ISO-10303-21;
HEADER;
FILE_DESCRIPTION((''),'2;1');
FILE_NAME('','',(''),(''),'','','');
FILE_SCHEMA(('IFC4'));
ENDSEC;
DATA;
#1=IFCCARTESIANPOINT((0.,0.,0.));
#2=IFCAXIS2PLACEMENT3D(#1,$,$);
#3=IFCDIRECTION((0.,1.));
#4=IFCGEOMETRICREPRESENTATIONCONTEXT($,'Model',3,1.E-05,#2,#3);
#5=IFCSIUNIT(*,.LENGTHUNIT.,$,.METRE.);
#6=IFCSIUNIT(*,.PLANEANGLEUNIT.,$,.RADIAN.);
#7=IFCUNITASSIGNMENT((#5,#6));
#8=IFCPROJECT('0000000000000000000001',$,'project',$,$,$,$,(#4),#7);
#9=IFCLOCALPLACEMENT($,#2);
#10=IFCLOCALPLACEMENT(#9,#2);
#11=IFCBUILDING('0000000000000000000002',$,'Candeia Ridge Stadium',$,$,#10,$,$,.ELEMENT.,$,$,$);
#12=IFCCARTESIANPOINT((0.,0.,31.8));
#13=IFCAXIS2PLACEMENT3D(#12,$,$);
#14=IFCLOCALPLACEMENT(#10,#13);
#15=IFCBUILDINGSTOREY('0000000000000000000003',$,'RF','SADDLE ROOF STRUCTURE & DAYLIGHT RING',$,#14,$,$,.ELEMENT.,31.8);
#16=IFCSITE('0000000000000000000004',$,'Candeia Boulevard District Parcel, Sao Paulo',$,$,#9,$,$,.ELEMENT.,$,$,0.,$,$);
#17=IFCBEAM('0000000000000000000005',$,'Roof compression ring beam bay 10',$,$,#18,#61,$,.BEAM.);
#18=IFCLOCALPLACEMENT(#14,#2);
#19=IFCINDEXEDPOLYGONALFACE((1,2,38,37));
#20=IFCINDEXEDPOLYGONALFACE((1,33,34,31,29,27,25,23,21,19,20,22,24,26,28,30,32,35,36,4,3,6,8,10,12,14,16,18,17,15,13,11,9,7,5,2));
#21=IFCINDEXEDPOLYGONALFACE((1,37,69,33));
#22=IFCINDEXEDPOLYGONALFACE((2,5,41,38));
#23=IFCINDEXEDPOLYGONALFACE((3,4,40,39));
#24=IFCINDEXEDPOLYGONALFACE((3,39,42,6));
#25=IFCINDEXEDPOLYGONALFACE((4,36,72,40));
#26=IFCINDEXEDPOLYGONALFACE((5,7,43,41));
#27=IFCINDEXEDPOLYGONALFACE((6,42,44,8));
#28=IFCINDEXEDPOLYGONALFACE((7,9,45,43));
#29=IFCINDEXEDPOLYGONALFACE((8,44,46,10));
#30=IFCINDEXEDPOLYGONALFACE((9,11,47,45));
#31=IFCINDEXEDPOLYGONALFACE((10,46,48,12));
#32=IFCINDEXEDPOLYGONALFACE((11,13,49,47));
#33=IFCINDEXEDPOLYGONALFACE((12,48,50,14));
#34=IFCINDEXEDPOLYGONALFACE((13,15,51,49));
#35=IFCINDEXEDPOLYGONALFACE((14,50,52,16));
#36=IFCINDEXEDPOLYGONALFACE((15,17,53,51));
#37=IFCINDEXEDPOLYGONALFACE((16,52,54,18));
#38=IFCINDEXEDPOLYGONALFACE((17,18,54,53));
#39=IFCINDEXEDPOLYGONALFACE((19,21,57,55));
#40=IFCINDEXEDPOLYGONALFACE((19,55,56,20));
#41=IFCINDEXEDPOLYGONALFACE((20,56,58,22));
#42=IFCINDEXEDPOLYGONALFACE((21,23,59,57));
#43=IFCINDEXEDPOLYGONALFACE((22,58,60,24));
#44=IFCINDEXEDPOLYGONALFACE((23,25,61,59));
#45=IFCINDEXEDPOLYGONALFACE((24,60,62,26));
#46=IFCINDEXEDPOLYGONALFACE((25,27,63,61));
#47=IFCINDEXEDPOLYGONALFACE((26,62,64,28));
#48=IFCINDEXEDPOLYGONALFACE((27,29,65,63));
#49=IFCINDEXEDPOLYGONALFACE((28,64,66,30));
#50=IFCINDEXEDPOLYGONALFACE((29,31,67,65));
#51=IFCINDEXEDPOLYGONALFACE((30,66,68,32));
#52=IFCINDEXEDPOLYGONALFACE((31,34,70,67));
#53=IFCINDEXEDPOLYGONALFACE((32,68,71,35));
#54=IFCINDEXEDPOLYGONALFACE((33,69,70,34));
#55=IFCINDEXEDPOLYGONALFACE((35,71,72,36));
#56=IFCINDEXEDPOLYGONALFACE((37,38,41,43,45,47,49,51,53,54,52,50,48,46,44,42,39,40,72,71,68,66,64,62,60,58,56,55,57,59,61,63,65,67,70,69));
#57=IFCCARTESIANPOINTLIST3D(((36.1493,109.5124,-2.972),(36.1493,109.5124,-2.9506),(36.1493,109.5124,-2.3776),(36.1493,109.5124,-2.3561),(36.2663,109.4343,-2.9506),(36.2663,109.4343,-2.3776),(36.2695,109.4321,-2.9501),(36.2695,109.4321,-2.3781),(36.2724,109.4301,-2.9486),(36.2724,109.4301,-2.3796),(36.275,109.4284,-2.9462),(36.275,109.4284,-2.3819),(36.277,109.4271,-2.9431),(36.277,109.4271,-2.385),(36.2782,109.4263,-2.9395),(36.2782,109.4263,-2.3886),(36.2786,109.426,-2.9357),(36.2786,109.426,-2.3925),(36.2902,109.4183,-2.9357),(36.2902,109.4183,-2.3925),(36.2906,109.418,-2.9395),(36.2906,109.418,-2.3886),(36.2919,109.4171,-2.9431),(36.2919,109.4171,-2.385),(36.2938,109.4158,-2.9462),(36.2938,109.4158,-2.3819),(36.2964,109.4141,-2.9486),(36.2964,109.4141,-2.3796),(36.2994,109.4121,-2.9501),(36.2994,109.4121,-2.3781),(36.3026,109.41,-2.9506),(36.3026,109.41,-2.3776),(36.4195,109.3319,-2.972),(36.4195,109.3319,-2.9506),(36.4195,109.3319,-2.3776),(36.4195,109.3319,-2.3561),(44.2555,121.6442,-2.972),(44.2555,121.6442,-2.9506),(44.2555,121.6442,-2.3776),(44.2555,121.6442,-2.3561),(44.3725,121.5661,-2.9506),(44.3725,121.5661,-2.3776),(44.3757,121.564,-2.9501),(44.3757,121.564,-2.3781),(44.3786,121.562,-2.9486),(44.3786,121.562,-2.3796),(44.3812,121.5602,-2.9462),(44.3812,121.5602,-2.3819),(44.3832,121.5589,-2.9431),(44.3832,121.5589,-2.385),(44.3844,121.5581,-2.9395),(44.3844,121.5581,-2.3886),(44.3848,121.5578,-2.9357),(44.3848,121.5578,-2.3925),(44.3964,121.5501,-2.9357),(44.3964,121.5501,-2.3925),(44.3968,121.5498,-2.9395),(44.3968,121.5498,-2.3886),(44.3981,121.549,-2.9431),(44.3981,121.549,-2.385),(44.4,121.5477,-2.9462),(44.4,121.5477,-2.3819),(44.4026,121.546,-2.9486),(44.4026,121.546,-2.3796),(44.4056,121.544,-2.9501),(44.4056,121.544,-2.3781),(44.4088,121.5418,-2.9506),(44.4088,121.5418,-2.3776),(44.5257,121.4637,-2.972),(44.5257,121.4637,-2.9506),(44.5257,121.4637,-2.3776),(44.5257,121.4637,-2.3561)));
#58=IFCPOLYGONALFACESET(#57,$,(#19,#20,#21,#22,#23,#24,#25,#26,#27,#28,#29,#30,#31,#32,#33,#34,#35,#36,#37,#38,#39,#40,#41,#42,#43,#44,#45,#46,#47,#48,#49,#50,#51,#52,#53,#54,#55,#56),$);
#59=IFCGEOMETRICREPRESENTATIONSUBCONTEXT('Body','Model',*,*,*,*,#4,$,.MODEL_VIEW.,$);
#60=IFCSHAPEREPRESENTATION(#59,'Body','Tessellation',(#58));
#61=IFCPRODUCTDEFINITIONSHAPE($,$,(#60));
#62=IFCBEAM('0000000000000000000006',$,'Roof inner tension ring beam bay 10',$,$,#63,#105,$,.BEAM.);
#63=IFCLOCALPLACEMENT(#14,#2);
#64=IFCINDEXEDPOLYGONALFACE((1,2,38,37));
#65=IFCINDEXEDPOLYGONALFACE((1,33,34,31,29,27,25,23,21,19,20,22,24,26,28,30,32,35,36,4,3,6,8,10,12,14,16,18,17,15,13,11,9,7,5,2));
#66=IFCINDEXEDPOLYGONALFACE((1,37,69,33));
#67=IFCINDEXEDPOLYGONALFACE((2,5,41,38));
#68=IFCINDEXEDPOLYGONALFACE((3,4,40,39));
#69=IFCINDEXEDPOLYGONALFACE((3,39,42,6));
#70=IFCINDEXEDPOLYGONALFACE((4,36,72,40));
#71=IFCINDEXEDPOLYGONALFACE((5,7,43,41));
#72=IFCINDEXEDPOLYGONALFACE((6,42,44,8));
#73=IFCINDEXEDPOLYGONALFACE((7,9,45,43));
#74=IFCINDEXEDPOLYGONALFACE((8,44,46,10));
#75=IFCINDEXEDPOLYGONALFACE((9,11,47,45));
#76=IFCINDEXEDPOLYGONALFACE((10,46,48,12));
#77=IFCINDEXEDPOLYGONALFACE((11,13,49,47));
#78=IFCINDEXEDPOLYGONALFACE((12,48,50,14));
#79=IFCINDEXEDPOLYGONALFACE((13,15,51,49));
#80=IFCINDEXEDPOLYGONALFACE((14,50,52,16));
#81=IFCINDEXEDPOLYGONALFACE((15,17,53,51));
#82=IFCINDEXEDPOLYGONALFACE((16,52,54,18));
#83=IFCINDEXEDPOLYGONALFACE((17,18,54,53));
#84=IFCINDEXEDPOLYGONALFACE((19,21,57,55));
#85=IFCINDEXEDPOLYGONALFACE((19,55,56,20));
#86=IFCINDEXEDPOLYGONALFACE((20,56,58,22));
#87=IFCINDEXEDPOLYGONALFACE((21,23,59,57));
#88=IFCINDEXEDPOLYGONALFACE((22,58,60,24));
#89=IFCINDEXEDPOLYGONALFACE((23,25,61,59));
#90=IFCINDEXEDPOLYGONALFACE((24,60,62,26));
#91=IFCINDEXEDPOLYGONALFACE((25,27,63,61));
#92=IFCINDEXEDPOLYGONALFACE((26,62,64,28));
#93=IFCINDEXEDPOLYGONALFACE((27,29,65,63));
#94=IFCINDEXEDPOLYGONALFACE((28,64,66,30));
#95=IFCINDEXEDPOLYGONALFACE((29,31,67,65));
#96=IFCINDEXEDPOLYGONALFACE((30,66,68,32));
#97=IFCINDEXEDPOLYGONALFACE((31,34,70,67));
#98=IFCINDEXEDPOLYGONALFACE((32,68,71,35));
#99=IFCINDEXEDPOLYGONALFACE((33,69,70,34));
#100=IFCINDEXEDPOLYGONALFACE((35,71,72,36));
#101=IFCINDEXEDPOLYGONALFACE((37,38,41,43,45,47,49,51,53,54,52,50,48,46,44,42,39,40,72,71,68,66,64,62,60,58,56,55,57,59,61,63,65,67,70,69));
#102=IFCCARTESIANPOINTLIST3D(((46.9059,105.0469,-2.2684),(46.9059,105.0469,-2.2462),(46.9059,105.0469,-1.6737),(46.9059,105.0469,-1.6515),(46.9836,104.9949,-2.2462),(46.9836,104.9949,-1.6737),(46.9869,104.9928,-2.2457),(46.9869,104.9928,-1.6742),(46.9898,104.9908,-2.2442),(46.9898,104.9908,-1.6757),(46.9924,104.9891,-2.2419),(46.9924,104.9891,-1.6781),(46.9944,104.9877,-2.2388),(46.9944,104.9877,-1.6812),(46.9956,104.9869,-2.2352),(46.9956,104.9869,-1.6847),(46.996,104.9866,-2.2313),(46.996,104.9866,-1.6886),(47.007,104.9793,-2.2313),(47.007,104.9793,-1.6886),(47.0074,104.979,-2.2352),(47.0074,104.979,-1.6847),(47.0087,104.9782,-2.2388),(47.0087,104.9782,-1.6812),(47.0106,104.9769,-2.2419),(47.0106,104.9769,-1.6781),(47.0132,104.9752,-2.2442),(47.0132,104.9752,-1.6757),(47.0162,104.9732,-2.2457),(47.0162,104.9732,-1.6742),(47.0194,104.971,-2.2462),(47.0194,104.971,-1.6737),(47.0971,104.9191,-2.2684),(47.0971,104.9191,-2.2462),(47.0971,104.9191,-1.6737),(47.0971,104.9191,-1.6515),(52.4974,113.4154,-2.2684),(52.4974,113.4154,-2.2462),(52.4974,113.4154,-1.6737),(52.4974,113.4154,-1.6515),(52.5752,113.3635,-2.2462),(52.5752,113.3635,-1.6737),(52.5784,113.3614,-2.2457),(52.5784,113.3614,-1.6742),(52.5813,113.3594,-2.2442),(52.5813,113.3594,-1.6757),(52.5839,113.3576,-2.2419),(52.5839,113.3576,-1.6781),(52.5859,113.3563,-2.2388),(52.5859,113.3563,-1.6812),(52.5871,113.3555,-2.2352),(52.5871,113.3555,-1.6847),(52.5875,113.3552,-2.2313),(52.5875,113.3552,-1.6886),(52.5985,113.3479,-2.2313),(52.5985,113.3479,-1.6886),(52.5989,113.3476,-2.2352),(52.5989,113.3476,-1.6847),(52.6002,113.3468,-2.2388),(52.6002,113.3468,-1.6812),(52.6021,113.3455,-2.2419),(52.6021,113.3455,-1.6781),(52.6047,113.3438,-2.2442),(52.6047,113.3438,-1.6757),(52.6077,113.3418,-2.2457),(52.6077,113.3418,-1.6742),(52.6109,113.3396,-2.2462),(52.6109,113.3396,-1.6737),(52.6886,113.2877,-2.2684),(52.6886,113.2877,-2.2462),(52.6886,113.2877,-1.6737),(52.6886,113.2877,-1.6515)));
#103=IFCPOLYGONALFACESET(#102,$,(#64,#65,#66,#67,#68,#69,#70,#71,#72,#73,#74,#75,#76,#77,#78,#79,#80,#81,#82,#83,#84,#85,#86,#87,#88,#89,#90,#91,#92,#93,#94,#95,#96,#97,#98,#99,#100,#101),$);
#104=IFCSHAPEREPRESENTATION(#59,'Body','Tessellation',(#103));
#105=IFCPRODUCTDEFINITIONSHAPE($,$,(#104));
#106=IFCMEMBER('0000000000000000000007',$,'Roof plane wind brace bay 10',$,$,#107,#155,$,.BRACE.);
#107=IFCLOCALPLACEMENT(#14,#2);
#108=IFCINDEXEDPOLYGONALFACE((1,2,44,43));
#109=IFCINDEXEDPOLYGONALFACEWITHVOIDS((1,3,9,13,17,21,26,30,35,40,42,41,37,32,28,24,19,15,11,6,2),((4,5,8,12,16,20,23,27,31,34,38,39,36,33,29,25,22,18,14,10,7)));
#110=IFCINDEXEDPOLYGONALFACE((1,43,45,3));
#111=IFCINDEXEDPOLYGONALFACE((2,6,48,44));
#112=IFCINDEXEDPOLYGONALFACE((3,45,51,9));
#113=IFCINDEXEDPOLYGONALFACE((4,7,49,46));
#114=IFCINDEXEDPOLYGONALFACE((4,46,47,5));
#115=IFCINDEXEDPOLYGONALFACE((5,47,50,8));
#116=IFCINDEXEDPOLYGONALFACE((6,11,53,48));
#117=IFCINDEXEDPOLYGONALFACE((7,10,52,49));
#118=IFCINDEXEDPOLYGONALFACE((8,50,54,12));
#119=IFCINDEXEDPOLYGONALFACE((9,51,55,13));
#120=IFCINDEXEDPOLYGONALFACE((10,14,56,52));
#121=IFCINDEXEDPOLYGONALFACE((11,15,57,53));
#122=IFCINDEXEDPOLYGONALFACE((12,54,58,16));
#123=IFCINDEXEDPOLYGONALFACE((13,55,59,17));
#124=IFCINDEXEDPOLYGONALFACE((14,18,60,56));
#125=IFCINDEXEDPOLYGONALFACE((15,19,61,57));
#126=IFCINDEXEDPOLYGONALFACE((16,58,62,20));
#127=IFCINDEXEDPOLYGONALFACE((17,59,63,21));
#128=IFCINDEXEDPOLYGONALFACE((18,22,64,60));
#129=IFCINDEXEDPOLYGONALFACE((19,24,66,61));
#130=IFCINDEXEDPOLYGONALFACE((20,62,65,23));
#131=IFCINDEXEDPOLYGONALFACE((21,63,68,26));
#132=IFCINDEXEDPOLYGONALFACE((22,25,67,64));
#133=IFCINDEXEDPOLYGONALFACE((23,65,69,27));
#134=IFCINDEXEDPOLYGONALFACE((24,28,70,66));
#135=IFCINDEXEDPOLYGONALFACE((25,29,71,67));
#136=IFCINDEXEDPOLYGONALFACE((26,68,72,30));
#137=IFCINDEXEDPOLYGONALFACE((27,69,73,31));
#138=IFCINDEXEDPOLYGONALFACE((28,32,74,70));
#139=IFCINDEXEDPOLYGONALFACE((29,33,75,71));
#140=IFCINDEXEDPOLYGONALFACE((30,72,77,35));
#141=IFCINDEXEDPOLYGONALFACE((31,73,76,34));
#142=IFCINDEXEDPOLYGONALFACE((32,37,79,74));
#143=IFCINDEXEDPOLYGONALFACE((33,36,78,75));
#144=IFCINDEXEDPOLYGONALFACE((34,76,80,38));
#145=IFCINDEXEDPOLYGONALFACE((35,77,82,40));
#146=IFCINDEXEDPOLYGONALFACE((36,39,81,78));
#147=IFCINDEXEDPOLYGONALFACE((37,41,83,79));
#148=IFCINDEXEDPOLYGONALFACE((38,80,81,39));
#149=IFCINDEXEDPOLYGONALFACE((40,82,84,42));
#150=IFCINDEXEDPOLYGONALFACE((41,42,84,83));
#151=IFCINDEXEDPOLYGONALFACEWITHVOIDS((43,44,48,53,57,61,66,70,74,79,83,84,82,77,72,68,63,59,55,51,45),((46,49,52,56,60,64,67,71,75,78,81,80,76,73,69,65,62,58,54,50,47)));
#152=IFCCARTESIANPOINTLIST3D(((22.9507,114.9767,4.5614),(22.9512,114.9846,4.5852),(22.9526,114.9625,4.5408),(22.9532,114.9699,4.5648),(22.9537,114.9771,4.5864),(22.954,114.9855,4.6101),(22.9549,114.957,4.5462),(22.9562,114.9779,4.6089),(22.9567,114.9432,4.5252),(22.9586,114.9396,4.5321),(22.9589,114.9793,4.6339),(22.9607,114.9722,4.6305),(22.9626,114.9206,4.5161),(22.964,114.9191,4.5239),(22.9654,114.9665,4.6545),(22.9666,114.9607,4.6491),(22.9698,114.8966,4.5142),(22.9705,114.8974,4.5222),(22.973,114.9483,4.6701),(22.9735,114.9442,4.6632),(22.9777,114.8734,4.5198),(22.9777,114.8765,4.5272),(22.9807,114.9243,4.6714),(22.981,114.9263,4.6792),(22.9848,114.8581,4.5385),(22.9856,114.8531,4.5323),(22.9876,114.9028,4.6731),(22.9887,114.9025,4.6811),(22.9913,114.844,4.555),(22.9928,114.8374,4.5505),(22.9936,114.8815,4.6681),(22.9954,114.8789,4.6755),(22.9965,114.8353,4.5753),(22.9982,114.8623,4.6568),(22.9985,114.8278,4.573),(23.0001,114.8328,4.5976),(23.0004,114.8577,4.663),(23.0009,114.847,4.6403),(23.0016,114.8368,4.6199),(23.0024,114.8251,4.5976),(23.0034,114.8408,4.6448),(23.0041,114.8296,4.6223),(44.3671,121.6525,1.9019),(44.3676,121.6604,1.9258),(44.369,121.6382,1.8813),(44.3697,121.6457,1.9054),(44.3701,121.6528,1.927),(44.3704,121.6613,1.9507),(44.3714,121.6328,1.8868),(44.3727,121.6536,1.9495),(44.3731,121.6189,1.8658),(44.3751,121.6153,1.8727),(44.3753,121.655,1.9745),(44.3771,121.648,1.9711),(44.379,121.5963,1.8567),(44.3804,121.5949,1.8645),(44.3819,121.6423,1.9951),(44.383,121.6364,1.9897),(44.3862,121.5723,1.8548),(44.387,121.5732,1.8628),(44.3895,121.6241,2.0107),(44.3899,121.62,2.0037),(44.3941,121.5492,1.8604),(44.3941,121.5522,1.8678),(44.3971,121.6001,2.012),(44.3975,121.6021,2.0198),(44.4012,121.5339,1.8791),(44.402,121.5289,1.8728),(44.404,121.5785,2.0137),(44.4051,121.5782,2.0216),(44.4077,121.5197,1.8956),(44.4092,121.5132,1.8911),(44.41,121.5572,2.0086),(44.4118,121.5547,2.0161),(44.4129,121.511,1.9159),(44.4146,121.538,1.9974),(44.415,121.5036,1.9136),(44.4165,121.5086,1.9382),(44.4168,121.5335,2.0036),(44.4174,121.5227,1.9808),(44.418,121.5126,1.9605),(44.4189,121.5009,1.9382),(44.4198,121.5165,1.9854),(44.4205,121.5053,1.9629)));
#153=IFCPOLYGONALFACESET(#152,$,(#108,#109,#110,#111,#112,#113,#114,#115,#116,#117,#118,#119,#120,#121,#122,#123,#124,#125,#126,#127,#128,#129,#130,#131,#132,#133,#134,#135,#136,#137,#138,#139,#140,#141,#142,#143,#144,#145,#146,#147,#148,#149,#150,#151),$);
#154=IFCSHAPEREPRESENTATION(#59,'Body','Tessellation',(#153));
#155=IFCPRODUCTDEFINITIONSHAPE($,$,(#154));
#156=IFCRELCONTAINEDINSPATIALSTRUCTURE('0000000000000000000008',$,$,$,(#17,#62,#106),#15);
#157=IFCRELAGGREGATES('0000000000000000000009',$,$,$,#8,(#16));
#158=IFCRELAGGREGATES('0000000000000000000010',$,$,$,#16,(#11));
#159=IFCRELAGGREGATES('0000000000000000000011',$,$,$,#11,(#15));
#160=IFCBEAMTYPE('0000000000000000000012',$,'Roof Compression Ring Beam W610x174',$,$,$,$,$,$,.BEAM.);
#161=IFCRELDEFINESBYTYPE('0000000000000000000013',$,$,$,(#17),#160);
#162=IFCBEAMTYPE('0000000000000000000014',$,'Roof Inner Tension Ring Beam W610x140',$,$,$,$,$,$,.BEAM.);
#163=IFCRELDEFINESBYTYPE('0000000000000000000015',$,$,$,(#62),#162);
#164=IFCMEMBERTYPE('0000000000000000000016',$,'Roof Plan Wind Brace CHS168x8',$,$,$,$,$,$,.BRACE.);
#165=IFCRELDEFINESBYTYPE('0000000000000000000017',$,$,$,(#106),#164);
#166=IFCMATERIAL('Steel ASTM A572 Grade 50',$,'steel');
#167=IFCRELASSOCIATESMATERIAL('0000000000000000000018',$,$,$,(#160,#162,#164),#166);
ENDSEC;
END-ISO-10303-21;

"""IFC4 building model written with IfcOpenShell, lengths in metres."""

from ifc_helpers import new_model, si_unit, direction, frame, origin, origin_2d, place, context, subcontext, project, spatial, hollow_circle, i_section, extrude, material, material_profile, profile_set, type_object, element, save


model = new_model("IFC4")

# Units and contexts
model_context = context("Model", 3, precision=1e-05, world=origin(), true_north=direction((0.0, 1.0)))
body_context = subcontext(model_context, "Body", "Model", "MODEL_VIEW")
ifc_project = project(units=[si_unit("LENGTHUNIT", "METRE"), si_unit("PLANEANGLEUNIT", "RADIAN")], contexts=[model_context])

# Site, building, storey
site_placement = place(None, origin())
site = spatial("IfcSite", under=ifc_project, at=site_placement, Name="Candeia Boulevard District Parcel, Sao Paulo", CompositionType="ELEMENT", RefElevation=0.0)
building_placement = place(site_placement, origin())
building = spatial("IfcBuilding", under=site, at=building_placement, Name="Candeia Ridge Stadium", CompositionType="ELEMENT")
storey_placement = place(building_placement, frame((0.0, 0.0, 31.8)))
storey = spatial("IfcBuildingStorey", under=building, at=storey_placement, Name="RF", Description="SADDLE ROOF STRUCTURE & DAYLIGHT RING", CompositionType="ELEMENT", Elevation=31.8)

# Beams
ifc_material_1 = material(Name="Steel ASTM A572 Grade 50", Category="steel")
ifc_material_profile_1 = material_profile(ifc_material_1, i_section(OverallWidth=0.325, OverallDepth=0.616, WebThickness=0.0139, FlangeThickness=0.0215, FilletRadius=0.0149, at=origin_2d()), Name="W610x174", Category="steel")
ifc_profile_set_1 = profile_set([ifc_material_profile_1], Name="Steel ASTM A572 Grade 50")
beam_type_1 = type_object("IfcBeamType", Name="Roof Compression Ring Beam W610x174", PredefinedType="BEAM", material=ifc_profile_set_1)
beam_1_placement = place(storey_placement, frame((44.3906, 121.554, -2.6641), z_axis=(-0.555569, -0.831471, 0.0), x_axis=(0.831471, -0.555569, 0.0)))
element("IfcBeam", 1, at=beam_1_placement, inside=storey, type_object=beam_type_1, Name="Roof compression ring beam bay 10", PredefinedType="BEAM", context=body_context, shape_type="SweptSolid", body=[
    extrude(i_section(OverallWidth=0.325, OverallDepth=0.616, WebThickness=0.0139, FlangeThickness=0.0215, FilletRadius=0.0149, at=origin_2d()), origin(), (0.0, 0.0, 1.0), 14.5908),
])
ifc_material_profile_2 = material_profile(ifc_material_1, i_section(OverallWidth=0.23, OverallDepth=0.6169, WebThickness=0.0132, FlangeThickness=0.0222, FilletRadius=0.0149, at=origin_2d()), Name="W610x140", Category="steel")
ifc_profile_set_2 = profile_set([ifc_material_profile_2], Name="Steel ASTM A572 Grade 50")
beam_type_2 = type_object("IfcBeamType", Name="Roof Inner Tension Ring Beam W610x140", PredefinedType="BEAM", material=ifc_profile_set_2)
beam_2_placement = place(storey_placement, frame((52.593, 113.3516, -1.96), z_axis=(-0.555556, -0.831479, 0.0), x_axis=(0.831479, -0.555556, 0.0)))
element("IfcBeam", 2, at=beam_2_placement, inside=storey, type_object=beam_type_2, Name="Roof inner tension ring beam bay 10", PredefinedType="BEAM", context=body_context, shape_type="SweptSolid", body=[
    extrude(i_section(OverallWidth=0.23, OverallDepth=0.6169, WebThickness=0.0132, FlangeThickness=0.0222, FilletRadius=0.0149, at=origin_2d()), origin(), (0.0, 0.0, 1.0), 10.0647),
])

# Member
ifc_material_profile_3 = material_profile(ifc_material_1, hollow_circle(Radius=0.0842, WallThickness=0.0081, at=origin_2d()), Name="CHS168x8", Category="steel")
ifc_profile_set_3 = profile_set([ifc_material_profile_3], Name="Steel ASTM A572 Grade 50")
member_type_1 = type_object("IfcMemberType", Name="Roof Plan Wind Brace CHS168x8", PredefinedType="BRACE", material=ifc_profile_set_3)
member_1_placement = place(storey_placement, frame((44.3938, 121.5813, 1.9382), z_axis=(-0.948055, -0.29552, 0.117726), x_axis=(0.29759, -0.954694, 0.0)))
element("IfcMember", 3, at=member_1_placement, inside=storey, type_object=member_type_1, Name="Roof plane wind brace bay 10", PredefinedType="BRACE", context=body_context, shape_type="SweptSolid", body=[
    extrude(hollow_circle(Radius=0.0842, WallThickness=0.0081, at=origin_2d()), origin(), (0.0, 0.0, 1.0), 22.5898),
])

save(model, "model.ifc")
